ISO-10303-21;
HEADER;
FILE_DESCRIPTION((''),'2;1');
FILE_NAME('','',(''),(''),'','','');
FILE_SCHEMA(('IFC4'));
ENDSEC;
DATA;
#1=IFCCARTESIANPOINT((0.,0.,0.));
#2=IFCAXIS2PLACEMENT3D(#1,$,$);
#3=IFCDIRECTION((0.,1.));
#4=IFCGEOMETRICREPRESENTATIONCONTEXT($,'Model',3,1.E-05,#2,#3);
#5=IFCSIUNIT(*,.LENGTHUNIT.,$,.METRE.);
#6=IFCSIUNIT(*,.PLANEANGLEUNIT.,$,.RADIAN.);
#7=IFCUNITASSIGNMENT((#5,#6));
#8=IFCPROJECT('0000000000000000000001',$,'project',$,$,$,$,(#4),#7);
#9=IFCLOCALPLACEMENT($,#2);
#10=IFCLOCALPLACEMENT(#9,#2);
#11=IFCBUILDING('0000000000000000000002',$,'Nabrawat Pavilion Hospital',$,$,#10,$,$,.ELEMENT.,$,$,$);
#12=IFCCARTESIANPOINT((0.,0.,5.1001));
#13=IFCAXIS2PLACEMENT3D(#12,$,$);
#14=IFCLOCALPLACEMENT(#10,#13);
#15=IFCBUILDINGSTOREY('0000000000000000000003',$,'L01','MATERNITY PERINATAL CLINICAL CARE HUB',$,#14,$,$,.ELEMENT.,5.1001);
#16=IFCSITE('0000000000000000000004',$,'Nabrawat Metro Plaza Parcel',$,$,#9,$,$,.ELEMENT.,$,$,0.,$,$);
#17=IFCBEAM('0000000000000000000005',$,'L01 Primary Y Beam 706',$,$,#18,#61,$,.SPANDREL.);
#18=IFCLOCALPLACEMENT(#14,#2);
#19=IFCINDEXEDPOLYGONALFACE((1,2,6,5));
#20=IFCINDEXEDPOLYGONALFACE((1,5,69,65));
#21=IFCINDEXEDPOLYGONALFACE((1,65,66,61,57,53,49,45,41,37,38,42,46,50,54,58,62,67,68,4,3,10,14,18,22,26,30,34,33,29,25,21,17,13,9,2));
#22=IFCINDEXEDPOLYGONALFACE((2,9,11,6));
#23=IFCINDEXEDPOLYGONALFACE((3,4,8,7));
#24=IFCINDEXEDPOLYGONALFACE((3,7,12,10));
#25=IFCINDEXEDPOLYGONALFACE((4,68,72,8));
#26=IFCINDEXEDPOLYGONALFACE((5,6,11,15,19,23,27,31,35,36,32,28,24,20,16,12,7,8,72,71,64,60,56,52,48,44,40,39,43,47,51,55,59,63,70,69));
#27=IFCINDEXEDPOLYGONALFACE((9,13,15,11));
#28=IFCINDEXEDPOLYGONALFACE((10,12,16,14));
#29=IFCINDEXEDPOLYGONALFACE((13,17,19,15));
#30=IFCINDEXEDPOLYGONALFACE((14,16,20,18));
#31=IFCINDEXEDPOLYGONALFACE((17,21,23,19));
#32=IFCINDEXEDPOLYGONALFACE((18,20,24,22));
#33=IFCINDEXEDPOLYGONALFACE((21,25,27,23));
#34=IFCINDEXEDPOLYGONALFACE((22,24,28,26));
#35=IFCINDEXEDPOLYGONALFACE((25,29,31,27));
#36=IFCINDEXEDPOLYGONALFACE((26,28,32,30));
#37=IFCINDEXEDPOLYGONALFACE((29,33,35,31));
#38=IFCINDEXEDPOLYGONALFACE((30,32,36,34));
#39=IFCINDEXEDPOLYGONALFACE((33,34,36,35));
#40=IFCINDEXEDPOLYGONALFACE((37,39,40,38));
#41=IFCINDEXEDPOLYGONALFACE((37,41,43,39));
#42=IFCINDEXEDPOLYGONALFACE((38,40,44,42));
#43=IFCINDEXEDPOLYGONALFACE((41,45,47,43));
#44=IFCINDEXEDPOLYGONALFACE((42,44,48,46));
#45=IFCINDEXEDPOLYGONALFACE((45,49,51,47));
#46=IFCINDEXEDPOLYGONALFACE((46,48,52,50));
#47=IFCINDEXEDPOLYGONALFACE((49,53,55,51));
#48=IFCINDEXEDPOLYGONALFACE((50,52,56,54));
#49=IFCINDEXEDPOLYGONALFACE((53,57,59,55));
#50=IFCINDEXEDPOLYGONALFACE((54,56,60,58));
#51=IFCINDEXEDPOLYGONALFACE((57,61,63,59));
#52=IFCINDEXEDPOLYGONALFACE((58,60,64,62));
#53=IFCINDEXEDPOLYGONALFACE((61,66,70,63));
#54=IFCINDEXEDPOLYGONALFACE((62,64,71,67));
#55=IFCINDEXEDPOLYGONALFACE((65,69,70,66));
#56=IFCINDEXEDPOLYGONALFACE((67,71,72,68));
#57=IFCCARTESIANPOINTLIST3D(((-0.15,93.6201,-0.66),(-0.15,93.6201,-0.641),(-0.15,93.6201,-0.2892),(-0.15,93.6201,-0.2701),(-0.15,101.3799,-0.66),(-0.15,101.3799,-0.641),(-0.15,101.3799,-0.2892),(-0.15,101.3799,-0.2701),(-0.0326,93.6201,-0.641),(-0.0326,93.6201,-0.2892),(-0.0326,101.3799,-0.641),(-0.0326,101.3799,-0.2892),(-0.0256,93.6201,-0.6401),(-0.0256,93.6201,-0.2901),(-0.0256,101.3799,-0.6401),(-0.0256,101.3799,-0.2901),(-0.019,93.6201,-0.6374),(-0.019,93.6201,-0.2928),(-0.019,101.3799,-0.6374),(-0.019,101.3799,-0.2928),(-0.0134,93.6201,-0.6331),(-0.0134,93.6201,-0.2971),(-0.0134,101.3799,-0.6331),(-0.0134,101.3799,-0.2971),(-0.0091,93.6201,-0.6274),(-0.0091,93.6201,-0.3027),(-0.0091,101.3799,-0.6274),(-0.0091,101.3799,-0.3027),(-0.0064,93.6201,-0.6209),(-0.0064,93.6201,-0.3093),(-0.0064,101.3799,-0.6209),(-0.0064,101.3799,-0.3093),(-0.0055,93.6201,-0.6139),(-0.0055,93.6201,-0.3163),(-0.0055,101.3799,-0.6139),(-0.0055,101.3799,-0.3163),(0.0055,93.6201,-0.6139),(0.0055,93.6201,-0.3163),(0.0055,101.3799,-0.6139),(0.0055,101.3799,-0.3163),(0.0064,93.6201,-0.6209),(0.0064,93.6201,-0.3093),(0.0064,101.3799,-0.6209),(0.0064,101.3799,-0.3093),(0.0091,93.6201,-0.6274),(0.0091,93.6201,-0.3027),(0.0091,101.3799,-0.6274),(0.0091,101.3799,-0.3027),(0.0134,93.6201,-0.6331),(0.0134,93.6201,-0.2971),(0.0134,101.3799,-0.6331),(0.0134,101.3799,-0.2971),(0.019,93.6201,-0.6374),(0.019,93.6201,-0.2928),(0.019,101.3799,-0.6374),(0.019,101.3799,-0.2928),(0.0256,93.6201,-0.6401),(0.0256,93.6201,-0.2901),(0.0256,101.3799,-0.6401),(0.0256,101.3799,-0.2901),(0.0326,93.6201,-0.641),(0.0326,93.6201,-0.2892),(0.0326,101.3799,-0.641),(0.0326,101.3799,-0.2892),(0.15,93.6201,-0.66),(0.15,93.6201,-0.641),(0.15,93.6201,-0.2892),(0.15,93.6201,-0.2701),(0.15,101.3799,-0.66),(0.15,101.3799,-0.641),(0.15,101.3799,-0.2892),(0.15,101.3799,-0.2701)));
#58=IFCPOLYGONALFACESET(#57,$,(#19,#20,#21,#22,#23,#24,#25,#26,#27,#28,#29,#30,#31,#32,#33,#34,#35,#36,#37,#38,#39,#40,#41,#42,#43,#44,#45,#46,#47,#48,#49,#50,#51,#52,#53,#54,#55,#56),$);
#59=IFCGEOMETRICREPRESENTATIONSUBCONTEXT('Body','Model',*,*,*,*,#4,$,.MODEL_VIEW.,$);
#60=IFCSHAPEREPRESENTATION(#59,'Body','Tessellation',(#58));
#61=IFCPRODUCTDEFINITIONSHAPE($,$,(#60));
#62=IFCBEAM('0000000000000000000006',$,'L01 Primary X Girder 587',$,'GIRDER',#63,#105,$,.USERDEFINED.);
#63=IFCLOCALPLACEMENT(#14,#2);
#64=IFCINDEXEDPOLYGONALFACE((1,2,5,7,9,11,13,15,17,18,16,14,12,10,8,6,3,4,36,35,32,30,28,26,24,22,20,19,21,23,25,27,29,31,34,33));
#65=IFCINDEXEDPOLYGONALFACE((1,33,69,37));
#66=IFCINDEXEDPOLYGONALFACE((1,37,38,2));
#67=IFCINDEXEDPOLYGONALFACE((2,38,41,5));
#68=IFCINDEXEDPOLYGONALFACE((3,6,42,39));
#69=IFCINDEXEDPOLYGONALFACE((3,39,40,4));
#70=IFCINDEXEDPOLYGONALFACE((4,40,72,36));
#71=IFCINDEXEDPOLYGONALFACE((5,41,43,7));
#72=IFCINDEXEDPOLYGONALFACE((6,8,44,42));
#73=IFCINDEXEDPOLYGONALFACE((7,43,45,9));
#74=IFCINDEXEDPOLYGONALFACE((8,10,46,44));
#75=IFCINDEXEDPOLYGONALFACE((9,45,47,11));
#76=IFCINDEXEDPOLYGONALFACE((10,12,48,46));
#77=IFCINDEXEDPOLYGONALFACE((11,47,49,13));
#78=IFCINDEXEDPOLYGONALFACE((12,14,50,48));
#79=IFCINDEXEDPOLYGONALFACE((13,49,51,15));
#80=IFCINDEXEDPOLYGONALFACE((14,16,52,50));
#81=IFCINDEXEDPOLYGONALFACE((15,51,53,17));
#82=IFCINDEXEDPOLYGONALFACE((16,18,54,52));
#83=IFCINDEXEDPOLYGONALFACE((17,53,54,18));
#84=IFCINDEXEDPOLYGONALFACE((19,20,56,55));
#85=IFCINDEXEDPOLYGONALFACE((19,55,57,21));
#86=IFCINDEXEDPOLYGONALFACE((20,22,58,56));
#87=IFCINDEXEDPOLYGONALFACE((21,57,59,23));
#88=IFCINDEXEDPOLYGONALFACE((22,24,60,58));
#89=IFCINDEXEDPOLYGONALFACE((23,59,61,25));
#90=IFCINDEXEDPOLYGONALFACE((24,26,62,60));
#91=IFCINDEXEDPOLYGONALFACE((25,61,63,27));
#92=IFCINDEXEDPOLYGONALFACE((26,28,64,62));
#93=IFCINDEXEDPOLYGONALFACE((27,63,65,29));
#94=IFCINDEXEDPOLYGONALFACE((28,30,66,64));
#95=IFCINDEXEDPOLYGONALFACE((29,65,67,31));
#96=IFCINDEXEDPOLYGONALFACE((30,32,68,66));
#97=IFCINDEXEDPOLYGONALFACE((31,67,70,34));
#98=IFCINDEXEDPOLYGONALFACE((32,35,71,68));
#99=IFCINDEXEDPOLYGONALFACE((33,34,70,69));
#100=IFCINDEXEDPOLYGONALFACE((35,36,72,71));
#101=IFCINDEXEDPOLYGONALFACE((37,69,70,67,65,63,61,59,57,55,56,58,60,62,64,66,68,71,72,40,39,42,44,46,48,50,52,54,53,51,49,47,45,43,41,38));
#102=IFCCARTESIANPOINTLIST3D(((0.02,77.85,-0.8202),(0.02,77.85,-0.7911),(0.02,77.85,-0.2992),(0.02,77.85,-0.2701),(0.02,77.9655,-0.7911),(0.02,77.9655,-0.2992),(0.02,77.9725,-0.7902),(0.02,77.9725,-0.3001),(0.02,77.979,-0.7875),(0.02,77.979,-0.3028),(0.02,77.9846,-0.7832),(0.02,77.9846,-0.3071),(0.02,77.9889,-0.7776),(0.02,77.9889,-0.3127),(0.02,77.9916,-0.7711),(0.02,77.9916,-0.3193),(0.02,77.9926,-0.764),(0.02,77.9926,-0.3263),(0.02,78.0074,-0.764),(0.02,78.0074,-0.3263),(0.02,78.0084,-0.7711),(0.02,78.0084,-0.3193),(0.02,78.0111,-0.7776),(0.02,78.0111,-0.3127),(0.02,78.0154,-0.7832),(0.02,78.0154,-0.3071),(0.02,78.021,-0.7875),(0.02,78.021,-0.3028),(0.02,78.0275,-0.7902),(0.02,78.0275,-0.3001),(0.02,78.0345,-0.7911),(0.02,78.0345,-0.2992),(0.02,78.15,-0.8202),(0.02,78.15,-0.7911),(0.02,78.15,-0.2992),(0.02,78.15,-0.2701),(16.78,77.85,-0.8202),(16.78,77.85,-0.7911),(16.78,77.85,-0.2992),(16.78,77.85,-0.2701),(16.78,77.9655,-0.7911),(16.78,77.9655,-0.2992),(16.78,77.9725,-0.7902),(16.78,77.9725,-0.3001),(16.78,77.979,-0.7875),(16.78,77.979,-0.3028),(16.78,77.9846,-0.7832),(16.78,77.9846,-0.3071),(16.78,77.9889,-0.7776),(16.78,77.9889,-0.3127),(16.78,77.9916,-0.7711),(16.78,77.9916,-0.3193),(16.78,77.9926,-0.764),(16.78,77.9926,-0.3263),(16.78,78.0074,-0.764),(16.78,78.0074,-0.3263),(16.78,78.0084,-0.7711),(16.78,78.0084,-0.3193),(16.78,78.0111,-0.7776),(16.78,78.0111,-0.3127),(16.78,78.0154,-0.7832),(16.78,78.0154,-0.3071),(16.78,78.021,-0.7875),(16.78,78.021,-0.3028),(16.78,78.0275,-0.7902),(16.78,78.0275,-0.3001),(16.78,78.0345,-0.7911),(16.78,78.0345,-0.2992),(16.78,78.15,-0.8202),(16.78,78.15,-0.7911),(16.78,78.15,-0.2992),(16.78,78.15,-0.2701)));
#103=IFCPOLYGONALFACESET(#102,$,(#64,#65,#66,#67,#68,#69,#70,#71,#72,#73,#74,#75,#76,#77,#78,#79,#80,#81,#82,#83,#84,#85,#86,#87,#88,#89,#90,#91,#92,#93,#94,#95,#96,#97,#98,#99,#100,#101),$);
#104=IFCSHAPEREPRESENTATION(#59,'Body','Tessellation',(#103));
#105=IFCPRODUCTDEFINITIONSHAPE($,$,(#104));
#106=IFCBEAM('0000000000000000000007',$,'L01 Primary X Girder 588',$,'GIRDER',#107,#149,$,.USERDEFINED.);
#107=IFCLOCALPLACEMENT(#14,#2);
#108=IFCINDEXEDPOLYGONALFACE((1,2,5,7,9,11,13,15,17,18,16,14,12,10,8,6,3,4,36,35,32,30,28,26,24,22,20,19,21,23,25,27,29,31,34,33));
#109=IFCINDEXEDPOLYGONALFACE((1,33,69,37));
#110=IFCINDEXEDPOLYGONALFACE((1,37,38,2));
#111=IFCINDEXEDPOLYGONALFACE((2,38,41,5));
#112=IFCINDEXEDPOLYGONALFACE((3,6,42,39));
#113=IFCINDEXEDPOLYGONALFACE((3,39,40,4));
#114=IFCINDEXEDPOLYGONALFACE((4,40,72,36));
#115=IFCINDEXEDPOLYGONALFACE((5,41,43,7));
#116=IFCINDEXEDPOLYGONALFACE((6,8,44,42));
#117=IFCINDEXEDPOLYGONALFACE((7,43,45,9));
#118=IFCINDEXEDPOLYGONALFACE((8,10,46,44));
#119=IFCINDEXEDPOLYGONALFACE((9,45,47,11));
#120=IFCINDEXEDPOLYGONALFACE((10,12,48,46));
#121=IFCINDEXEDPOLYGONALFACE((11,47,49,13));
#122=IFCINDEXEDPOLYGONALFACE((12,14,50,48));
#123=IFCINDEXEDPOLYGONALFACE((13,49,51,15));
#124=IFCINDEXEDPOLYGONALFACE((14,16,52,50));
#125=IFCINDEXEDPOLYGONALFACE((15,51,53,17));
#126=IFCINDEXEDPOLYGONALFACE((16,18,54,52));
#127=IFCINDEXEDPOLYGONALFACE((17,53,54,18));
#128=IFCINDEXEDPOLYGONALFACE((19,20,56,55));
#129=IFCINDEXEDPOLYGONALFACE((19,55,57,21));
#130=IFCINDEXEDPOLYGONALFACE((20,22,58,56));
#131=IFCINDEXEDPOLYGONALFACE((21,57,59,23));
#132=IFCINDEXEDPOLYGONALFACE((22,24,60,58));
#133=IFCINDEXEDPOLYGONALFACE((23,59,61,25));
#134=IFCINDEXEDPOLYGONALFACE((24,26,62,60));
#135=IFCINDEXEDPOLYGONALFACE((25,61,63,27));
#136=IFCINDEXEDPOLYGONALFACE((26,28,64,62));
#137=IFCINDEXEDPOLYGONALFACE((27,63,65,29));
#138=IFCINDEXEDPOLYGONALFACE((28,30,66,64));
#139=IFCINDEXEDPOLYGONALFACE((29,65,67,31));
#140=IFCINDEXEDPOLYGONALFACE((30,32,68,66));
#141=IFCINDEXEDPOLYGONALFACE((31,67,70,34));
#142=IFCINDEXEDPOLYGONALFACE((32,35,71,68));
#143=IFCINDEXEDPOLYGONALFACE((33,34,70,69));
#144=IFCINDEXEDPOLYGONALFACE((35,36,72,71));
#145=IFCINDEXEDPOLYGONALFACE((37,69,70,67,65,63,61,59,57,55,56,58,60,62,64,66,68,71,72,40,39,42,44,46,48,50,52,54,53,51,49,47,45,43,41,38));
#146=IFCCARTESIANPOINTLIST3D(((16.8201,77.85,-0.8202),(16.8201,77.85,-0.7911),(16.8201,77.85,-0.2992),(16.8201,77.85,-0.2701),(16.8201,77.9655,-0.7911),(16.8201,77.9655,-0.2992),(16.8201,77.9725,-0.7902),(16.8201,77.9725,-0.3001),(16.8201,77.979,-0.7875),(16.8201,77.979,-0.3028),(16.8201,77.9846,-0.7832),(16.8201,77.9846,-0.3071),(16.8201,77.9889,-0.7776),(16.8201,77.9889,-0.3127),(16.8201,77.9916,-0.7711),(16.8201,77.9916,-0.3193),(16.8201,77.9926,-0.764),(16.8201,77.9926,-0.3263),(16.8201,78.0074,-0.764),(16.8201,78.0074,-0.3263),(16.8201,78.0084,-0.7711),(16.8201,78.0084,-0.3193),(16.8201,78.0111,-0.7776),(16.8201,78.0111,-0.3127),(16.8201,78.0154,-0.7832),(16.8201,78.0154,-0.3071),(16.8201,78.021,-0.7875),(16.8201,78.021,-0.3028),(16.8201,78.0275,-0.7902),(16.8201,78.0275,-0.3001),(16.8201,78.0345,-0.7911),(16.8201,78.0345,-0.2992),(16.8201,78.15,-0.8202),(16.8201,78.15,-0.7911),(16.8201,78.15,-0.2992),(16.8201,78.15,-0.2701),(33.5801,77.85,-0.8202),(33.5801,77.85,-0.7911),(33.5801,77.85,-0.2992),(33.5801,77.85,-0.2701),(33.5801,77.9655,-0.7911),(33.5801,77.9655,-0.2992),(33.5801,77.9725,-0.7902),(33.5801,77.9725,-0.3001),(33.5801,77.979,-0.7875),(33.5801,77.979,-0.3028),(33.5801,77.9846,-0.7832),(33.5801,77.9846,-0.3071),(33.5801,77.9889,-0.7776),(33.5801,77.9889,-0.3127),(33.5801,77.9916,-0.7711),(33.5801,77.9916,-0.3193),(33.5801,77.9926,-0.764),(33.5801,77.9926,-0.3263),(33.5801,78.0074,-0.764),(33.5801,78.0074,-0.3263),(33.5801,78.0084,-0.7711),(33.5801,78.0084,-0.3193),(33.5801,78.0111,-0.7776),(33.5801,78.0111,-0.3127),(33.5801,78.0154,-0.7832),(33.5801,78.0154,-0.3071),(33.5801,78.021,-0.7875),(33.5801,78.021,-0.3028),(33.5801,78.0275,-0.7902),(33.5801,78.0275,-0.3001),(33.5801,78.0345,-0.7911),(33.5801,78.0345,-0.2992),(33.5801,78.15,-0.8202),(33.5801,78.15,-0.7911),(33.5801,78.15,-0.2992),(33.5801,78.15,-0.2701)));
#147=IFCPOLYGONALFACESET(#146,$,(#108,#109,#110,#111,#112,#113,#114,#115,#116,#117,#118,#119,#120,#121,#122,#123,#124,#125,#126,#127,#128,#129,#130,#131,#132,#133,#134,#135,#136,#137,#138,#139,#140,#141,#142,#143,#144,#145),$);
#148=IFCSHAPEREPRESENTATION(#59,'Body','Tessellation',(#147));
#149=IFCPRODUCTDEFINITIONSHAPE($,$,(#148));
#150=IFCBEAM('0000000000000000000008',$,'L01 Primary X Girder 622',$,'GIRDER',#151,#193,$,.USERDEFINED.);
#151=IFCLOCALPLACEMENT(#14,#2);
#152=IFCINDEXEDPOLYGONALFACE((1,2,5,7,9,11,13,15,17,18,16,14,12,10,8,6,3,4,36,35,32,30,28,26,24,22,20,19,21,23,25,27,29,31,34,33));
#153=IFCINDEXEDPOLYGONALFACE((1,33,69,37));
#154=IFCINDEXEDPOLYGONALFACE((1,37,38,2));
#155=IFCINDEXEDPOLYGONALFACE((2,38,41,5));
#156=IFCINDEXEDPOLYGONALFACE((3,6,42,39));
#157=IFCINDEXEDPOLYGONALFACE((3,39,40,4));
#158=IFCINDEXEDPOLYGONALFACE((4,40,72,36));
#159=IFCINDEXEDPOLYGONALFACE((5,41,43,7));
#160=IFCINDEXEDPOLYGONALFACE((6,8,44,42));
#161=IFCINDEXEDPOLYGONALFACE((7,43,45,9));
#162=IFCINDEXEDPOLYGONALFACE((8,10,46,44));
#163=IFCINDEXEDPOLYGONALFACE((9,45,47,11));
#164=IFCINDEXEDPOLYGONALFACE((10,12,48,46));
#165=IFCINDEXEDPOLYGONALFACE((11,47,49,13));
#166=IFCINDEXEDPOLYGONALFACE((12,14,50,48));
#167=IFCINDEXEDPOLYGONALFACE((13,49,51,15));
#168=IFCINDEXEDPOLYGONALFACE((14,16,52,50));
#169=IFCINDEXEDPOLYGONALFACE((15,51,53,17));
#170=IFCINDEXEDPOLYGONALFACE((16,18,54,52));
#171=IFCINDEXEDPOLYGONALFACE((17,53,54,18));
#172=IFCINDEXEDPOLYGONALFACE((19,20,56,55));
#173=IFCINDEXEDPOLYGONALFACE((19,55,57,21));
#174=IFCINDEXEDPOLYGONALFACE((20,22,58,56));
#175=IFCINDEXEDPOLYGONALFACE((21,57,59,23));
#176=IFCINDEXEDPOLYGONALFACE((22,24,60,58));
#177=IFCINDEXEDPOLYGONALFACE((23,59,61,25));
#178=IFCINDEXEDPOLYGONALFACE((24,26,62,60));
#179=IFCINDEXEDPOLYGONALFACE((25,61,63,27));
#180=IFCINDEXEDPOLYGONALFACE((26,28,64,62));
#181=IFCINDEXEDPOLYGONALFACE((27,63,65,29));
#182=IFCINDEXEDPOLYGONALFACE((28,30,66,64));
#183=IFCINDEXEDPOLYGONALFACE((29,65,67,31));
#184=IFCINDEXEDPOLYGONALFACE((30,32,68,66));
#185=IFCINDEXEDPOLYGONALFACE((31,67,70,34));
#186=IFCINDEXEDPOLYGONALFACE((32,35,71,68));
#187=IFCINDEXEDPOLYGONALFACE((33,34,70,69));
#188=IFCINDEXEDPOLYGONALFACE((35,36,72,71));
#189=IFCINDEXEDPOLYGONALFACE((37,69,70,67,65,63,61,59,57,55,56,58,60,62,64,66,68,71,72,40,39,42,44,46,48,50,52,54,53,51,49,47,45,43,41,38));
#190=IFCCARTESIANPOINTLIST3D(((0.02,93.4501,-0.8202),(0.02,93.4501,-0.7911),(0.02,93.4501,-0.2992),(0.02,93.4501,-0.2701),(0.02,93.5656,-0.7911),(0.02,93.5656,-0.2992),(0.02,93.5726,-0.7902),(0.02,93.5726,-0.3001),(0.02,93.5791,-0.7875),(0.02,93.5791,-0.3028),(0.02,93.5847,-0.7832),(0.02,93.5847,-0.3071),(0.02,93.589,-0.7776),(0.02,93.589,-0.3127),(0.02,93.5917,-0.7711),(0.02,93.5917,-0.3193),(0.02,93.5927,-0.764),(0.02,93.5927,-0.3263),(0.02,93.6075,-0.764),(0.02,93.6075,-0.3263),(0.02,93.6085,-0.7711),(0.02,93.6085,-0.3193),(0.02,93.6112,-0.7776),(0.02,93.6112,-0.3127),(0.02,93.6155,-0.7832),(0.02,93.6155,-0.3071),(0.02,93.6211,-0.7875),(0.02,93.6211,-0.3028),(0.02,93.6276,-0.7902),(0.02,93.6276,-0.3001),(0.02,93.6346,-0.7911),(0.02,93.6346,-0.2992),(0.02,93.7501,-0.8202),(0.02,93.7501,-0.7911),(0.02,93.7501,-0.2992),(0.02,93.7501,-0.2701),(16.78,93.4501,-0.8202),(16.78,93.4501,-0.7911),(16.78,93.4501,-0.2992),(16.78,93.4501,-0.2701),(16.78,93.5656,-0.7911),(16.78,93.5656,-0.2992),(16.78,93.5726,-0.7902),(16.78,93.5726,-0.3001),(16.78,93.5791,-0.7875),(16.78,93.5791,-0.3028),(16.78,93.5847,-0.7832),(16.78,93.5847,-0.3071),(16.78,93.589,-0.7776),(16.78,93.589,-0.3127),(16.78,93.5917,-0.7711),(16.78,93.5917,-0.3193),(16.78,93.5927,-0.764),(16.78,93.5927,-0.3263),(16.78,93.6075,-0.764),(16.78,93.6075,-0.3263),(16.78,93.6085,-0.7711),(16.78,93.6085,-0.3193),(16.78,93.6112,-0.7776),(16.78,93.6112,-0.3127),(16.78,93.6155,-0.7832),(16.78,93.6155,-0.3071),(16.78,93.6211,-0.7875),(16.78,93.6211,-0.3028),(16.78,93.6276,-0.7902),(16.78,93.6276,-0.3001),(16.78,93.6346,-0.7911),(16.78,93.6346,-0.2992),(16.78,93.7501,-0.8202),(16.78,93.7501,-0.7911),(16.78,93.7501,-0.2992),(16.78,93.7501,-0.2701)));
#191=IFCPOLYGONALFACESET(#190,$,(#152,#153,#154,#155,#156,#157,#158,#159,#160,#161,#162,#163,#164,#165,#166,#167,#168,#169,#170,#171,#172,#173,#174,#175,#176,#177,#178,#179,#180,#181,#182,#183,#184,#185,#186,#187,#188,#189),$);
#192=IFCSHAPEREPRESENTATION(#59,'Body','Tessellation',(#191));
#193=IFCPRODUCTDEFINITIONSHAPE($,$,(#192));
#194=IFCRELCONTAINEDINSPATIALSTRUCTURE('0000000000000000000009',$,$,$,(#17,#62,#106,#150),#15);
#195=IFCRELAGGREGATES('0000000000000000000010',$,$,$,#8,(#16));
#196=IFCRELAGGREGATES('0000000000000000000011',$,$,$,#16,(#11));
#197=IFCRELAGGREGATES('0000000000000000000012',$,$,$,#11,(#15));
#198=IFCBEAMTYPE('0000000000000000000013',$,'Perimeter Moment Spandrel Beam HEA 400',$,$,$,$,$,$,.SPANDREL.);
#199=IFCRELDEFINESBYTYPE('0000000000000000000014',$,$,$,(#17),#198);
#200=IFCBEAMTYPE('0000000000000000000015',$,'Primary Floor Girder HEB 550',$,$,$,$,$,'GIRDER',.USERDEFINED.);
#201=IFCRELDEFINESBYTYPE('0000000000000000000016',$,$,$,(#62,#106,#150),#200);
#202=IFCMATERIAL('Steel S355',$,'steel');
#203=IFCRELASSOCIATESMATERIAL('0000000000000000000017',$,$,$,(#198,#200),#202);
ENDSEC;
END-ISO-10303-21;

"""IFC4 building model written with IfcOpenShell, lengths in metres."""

from ifc_helpers import new_model, si_unit, direction, frame, origin, origin_2d, place, context, subcontext, project, spatial, i_section, extrude, material, material_profile, profile_set, type_object, element, save


model = new_model("IFC4")

# Units and contexts
model_context = context("Model", 3, precision=1e-05, world=origin(), true_north=direction((0.0, 1.0)))
body_context = subcontext(model_context, "Body", "Model", "MODEL_VIEW")
ifc_project = project(units=[si_unit("LENGTHUNIT", "METRE"), si_unit("PLANEANGLEUNIT", "RADIAN")], contexts=[model_context])

# Site, building, storey
site_placement = place(None, origin())
site = spatial("IfcSite", under=ifc_project, at=site_placement, Name="Nabrawat Metro Plaza Parcel", CompositionType="ELEMENT", RefElevation=0.0)
building_placement = place(site_placement, origin())
building = spatial("IfcBuilding", under=site, at=building_placement, Name="Nabrawat Pavilion Hospital", CompositionType="ELEMENT")
storey_placement = place(building_placement, frame((0.0, 0.0, 5.1001)))
storey = spatial("IfcBuildingStorey", under=building, at=storey_placement, Name="L01", Description="MATERNITY PERINATAL CLINICAL CARE HUB", CompositionType="ELEMENT", Elevation=5.1001)

# Shared definitions
ifc_material_1 = material(Name="Steel S355", Category="steel")

# Beams
ifc_material_profile_1 = material_profile(ifc_material_1, i_section(OverallWidth=0.3, OverallDepth=0.3899, WebThickness=0.011, FlangeThickness=0.019, FilletRadius=0.0271, at=origin_2d()), Name="HEA 400")
ifc_profile_set_1 = profile_set([ifc_material_profile_1], Name="Steel S355")
beam_type_1 = type_object("IfcBeamType", Name="Perimeter Moment Spandrel Beam HEA 400", PredefinedType="SPANDREL", material=ifc_profile_set_1)
beam_1_placement = place(storey_placement, frame((0.0, 93.6201, -0.4651), z_axis=(0.0, 1.0, 0.0), x_axis=(-1.0, 0.0, 0.0)))
element("IfcBeam", 1, at=beam_1_placement, inside=storey, type_object=beam_type_1, Name="L01 Primary Y Beam 706", PredefinedType="SPANDREL", context=body_context, shape_type="SweptSolid", body=[
    extrude(i_section(OverallWidth=0.3, OverallDepth=0.3899, WebThickness=0.011, FlangeThickness=0.019, FilletRadius=0.0271, at=origin_2d()), origin(), (0.0, 0.0, 1.0), 7.7598),
])
ifc_material_profile_2 = material_profile(ifc_material_1, i_section(OverallWidth=0.3, OverallDepth=0.55, WebThickness=0.0149, FlangeThickness=0.0291, FilletRadius=0.0271, at=origin_2d()), Name="HEB 550")
ifc_profile_set_2 = profile_set([ifc_material_profile_2], Name="Steel S355")
beam_type_2 = type_object("IfcBeamType", Name="Primary Floor Girder HEB 550", ElementType="GIRDER", PredefinedType="USERDEFINED", material=ifc_profile_set_2)
for number, where, z_axis, x_axis, name in (
    (2, (0.02, 78.0, -0.5452), (1.0, 0.0, 0.0), (0.0, 1.0, 0.0), "L01 Primary X Girder 587"),
    (3, (16.8201, 78.0, -0.5452), (1.0, 0.0, 0.0), (0.0, 1.0, 0.0), "L01 Primary X Girder 588"),
    (4, (0.02, 93.6001, -0.5452), (1.0, 0.0, 0.0), (0.0, 1.0, 0.0), "L01 Primary X Girder 622"),
):
    element("IfcBeam", number, at=place(storey_placement, frame(where, z_axis=z_axis, x_axis=x_axis)), inside=storey, type_object=beam_type_2, Name=name, ObjectType="GIRDER", PredefinedType="USERDEFINED", context=body_context, shape_type="SweptSolid", body=[
        extrude(i_section(OverallWidth=0.3, OverallDepth=0.55, WebThickness=0.0149, FlangeThickness=0.0291, FilletRadius=0.0271, at=origin_2d()), origin(), (0.0, 0.0, 1.0), 16.76),
    ])

save(model, "model.ifc")
